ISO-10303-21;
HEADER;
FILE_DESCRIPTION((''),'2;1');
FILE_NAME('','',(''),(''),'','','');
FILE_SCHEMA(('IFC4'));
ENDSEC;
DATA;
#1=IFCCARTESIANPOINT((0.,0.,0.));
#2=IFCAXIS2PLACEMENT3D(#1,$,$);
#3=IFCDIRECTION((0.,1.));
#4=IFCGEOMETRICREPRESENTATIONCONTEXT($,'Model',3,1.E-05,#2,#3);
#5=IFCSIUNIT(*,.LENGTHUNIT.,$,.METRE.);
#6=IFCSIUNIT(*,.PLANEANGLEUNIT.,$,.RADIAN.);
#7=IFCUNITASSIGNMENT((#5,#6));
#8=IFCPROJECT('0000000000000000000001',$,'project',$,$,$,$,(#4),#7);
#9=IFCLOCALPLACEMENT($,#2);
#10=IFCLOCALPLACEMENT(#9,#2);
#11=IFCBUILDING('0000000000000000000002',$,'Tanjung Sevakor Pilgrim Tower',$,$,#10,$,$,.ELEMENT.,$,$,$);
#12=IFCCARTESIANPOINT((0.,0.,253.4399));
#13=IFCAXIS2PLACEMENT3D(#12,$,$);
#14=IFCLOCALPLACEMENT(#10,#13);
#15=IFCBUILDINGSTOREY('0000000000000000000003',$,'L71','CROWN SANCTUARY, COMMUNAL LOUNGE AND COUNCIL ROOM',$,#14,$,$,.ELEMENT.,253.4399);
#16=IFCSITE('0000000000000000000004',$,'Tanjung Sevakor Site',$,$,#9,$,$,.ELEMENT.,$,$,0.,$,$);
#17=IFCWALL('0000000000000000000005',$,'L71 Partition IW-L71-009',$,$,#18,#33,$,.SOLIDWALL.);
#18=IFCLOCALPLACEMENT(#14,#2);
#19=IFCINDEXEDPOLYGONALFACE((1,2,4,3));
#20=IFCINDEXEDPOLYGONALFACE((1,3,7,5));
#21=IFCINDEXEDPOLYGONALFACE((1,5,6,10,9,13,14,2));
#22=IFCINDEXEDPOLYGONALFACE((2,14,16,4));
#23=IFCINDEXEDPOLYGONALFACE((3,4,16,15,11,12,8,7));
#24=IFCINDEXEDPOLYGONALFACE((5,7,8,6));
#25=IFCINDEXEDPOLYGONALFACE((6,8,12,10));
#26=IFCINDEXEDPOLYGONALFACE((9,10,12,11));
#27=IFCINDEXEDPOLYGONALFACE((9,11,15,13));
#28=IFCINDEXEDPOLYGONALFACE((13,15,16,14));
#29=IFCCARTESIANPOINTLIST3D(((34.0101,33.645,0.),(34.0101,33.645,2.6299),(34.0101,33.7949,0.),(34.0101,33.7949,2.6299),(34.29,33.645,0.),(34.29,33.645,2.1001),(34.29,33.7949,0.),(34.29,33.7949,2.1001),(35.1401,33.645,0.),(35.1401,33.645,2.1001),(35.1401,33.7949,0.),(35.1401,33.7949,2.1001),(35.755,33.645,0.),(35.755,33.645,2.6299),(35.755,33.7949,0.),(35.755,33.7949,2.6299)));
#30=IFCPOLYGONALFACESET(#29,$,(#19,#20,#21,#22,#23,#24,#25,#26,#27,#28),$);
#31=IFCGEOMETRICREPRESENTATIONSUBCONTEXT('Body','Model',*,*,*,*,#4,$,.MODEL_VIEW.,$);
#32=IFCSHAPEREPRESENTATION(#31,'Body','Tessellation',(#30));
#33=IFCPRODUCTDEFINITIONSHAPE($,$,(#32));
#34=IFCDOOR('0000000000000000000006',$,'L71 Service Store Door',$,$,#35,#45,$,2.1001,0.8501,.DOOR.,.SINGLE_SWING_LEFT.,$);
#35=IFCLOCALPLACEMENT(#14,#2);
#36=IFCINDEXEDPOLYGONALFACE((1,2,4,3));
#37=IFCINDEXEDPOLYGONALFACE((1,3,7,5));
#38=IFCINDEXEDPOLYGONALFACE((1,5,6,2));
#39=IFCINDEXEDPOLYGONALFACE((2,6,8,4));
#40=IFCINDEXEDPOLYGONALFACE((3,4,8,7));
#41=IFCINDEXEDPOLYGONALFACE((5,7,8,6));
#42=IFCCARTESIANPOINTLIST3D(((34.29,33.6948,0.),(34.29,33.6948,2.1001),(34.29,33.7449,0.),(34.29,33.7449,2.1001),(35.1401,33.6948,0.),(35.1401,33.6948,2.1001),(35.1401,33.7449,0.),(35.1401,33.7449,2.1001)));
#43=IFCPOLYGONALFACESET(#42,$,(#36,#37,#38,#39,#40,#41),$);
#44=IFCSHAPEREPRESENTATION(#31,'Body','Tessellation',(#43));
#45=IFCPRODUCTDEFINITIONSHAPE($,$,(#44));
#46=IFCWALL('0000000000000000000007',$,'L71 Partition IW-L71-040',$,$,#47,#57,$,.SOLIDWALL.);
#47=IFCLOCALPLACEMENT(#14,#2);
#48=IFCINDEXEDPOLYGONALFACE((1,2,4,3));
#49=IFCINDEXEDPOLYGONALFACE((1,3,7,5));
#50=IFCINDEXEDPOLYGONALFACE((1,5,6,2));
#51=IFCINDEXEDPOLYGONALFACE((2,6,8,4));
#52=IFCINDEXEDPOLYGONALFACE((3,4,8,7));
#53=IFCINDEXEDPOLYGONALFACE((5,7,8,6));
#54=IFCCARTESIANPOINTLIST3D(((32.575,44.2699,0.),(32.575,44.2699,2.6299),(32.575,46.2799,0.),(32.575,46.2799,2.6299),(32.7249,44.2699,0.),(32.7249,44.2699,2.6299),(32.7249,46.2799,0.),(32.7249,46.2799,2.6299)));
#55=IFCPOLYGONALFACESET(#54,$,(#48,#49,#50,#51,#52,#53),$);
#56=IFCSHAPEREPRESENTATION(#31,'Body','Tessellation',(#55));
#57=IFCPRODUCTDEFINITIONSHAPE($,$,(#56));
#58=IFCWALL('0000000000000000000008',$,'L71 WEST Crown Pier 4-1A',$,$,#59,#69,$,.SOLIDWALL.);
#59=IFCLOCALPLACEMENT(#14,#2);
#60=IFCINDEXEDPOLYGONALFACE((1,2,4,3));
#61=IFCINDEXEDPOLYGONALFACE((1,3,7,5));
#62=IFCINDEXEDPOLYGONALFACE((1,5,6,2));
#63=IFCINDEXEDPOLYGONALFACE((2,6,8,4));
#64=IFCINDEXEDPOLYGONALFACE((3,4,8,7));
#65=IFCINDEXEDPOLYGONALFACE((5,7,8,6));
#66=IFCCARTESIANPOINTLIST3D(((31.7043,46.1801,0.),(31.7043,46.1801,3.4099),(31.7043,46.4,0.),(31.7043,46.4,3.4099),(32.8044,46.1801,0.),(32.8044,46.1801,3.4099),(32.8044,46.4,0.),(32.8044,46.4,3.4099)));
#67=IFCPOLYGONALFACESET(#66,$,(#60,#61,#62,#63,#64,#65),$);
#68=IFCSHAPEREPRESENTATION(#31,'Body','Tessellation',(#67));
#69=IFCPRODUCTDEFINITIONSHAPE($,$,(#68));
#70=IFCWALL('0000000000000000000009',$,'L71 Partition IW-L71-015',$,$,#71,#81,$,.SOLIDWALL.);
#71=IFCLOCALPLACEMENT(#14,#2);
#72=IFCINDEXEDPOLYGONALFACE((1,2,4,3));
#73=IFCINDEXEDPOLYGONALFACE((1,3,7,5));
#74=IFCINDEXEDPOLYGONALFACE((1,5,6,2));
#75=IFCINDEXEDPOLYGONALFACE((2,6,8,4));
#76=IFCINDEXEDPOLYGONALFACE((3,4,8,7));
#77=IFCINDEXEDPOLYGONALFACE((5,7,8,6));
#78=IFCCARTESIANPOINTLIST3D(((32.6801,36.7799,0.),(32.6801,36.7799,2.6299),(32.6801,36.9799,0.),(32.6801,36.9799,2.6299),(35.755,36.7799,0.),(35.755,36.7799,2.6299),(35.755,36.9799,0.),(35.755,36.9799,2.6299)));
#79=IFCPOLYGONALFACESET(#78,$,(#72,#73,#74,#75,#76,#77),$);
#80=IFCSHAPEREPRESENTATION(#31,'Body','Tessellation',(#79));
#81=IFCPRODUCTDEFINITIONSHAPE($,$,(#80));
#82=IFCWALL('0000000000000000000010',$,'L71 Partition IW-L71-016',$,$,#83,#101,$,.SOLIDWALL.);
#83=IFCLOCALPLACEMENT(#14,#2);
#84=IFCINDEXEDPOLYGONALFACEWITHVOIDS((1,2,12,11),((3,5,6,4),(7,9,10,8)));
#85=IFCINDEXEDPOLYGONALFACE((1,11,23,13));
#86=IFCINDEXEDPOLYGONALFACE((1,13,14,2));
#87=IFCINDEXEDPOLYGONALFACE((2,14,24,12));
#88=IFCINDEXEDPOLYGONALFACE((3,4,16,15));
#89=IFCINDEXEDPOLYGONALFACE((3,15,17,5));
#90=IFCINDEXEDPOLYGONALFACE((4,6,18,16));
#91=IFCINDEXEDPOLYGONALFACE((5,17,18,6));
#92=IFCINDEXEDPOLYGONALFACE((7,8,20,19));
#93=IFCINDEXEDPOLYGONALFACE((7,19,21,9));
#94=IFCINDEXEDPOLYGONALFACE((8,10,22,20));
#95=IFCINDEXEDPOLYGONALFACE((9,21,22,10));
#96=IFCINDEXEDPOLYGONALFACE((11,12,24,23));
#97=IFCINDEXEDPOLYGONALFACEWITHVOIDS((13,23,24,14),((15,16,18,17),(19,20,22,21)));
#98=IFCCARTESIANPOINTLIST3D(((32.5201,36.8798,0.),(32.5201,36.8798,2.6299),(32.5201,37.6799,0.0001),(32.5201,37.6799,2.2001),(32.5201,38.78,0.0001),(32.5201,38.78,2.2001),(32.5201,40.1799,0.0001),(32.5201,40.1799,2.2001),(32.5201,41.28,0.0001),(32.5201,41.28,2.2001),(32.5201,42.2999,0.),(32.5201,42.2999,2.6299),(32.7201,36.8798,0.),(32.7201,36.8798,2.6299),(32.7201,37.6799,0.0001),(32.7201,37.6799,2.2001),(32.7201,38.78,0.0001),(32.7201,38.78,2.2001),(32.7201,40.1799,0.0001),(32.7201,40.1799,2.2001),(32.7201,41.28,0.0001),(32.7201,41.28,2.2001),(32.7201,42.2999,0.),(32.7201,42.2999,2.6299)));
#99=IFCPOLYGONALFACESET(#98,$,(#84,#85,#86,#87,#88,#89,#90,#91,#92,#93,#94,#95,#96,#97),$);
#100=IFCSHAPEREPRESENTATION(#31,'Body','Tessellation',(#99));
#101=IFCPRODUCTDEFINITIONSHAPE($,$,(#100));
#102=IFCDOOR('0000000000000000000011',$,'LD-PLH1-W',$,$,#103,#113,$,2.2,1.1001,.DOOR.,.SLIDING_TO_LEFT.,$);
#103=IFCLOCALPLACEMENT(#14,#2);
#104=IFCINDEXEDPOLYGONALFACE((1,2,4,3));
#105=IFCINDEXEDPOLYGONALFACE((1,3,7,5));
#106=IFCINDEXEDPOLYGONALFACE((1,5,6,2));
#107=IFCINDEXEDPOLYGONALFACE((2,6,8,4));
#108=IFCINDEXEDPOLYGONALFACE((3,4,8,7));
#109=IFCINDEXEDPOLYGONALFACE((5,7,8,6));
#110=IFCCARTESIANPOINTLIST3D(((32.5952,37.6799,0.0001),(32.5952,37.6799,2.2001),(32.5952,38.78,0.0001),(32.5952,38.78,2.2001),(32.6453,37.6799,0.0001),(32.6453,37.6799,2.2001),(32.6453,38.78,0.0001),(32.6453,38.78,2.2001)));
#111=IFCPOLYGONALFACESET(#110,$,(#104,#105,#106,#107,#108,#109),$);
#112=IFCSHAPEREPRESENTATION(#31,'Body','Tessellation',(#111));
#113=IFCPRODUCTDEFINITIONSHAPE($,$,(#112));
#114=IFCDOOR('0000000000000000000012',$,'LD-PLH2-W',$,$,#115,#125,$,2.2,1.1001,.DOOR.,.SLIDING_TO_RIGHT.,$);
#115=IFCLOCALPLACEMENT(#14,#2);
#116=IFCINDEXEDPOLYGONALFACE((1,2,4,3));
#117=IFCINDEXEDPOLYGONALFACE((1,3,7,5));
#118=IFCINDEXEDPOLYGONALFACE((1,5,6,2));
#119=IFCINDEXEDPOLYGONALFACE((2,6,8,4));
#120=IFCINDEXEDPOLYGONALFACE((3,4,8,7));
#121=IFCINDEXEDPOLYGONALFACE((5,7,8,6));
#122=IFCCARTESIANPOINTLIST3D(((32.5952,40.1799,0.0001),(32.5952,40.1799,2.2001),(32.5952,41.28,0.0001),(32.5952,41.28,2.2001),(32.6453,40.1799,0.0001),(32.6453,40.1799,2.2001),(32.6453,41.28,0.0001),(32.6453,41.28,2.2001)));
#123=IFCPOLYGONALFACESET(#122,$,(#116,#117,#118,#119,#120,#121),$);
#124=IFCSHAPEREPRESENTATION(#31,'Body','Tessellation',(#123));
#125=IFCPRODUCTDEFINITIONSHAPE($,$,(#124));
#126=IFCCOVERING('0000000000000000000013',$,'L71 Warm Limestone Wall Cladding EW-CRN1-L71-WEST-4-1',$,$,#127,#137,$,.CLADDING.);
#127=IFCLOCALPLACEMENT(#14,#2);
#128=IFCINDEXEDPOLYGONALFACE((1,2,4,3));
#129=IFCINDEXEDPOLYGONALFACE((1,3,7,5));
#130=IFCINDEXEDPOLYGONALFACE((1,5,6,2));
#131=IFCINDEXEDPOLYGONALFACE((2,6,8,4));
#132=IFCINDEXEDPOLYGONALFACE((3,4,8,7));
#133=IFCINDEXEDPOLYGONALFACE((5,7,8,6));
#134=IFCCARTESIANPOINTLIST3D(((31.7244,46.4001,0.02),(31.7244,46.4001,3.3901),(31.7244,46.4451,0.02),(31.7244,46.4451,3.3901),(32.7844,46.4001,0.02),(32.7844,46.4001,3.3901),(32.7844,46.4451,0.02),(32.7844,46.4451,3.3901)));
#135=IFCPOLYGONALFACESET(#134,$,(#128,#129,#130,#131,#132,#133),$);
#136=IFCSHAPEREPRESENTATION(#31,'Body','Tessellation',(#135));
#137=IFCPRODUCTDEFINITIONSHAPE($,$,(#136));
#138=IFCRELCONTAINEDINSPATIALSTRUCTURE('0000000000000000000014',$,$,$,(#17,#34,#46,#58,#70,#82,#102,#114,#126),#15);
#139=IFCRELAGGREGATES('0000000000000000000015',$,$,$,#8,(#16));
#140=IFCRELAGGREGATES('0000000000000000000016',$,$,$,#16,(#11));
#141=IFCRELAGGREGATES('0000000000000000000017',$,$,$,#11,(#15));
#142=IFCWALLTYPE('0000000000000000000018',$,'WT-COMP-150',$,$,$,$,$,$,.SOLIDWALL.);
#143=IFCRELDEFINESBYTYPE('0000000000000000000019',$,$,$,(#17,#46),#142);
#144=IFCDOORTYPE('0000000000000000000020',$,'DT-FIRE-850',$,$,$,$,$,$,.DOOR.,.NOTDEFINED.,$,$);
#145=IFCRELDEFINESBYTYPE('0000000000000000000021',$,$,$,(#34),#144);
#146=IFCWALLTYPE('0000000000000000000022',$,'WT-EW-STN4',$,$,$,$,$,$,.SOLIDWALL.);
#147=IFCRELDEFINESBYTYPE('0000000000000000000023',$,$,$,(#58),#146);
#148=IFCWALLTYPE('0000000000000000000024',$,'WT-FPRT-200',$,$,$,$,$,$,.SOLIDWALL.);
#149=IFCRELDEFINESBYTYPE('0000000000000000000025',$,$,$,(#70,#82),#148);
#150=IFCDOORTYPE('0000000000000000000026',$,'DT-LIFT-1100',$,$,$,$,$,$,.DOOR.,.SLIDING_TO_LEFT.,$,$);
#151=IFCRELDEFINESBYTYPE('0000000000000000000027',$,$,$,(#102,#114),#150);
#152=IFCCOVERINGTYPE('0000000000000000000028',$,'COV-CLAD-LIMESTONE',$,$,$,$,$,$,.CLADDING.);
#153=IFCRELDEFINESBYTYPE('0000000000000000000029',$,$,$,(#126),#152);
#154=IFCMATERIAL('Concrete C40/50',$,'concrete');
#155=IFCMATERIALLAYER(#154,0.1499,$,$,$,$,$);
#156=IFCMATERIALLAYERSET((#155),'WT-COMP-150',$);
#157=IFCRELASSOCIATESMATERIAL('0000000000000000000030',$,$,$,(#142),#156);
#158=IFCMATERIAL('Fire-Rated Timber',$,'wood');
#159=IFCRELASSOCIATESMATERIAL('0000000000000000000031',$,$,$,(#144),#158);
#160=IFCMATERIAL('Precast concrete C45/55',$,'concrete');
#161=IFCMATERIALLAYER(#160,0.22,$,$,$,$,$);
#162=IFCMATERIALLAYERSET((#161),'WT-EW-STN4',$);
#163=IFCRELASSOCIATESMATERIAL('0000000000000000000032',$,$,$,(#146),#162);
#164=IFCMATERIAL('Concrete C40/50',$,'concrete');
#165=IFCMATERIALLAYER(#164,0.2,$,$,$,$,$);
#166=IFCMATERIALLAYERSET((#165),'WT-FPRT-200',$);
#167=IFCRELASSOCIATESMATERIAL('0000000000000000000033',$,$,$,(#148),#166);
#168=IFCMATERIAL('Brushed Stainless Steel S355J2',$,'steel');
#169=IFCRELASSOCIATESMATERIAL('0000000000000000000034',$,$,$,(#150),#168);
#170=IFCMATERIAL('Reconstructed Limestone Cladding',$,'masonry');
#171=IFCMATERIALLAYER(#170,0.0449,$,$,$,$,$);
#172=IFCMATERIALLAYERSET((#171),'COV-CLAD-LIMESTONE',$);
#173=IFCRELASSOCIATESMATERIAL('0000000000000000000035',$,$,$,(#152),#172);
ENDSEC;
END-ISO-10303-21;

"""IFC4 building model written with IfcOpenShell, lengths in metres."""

from ifc_helpers import new_model, si_unit, direction, frame, frame_2d, origin, origin_2d, place, context, subcontext, project, spatial, rectangle, extrude, material, layer, layer_set, type_object, element, fill, save


model = new_model("IFC4")

# Units and contexts
model_context = context("Model", 3, precision=1e-05, world=origin(), true_north=direction((0.0, 1.0)))
body_context = subcontext(model_context, "Body", "Model", "MODEL_VIEW")
ifc_project = project(units=[si_unit("LENGTHUNIT", "METRE"), si_unit("PLANEANGLEUNIT", "RADIAN")], contexts=[model_context])

# Site, building, storey
site_placement = place(None, origin())
site = spatial("IfcSite", under=ifc_project, at=site_placement, Name="Tanjung Sevakor Site", CompositionType="ELEMENT", RefElevation=0.0)
building_placement = place(site_placement, origin())
building = spatial("IfcBuilding", under=site, at=building_placement, Name="Tanjung Sevakor Pilgrim Tower", CompositionType="ELEMENT")
storey_placement = place(building_placement, frame((0.0, 0.0, 253.4399)))
storey = spatial("IfcBuildingStorey", under=building, at=storey_placement, Name="L71", Description="CROWN SANCTUARY, COMMUNAL LOUNGE AND COUNCIL ROOM", CompositionType="ELEMENT", Elevation=253.4399)

# Shared definitions
ifc_material_1 = material(Name="Concrete C40/50", Category="concrete")
ifc_layer_1 = layer(ifc_material_1, 0.1499)
ifc_layer_set_1 = layer_set([ifc_layer_1], Name="WT-COMP-150")
wall_type_1 = type_object("IfcWallType", Name="WT-COMP-150", PredefinedType="SOLIDWALL", material=ifc_layer_set_1)

# Wall, opening, door
wall_1_placement = place(storey_placement, frame((34.01, 33.72, 0.0), z_axis=(0.0, 0.0, 1.0), x_axis=(1.0, 0.0, 0.0)))
wall_1 = element("IfcWall", 1, at=wall_1_placement, inside=storey, type_object=wall_type_1, Name="L71 Partition IW-L71-009", PredefinedType="SOLIDWALL", context=body_context, shape_type="SweptSolid", body=[
    extrude(rectangle(XDim=1.7449, YDim=0.1499, at=frame_2d((0.8726, 0.0))), origin(), (0.0, 0.0, 1.0), 2.6299),
])
opening_1_placement = place(wall_1_placement, frame((0.28, 0.0, 0.0)))
opening_1 = element("IfcOpeningElement", 2, at=opening_1_placement, cuts=wall_1, PredefinedType="OPENING", context=body_context, shape_type="SweptSolid", body=[
    extrude(rectangle(XDim=0.8501, YDim=2.1001, at=frame_2d((0.425, 1.05))), frame((0.0, 0.085, 0.0), z_axis=(0.0, -1.0, 0.0), x_axis=(1.0, 0.0, 0.0)), (0.0, 0.0, 1.0), 0.1699),
])
ifc_material_2 = material(Name="Fire-Rated Timber", Category="wood")
door_type_1 = type_object("IfcDoorType", Name="DT-FIRE-850", OperationType="NOTDEFINED", PredefinedType="DOOR", material=ifc_material_2)
door_1_placement = place(opening_1_placement, origin())
door_1 = element("IfcDoor", 3, at=door_1_placement, inside=storey, type_object=door_type_1, Name="L71 Service Store Door", OperationType="SINGLE_SWING_LEFT", OverallHeight=2.1001, OverallWidth=0.8501, PredefinedType="DOOR", context=body_context, shape_type="SweptSolid", body=[
    extrude(rectangle(XDim=0.8501, YDim=2.1001, at=frame_2d((0.425, 1.05))), frame((0.0, 0.0249, 0.0), z_axis=(0.0, -1.0, 0.0), x_axis=(1.0, 0.0, 0.0)), (0.0, 0.0, 1.0), 0.05),
])
fill(opening_1, door_1)

# Walls
wall_2_placement = place(storey_placement, frame((32.6499, 44.27, 0.0), z_axis=(0.0, 0.0, 1.0), x_axis=(0.0, 1.0, 0.0)))
element("IfcWall", 4, at=wall_2_placement, inside=storey, type_object=wall_type_1, Name="L71 Partition IW-L71-040", PredefinedType="SOLIDWALL", context=body_context, shape_type="SweptSolid", body=[
    extrude(rectangle(XDim=2.01, YDim=0.1499, at=frame_2d((1.0049, 0.0))), origin(), (0.0, 0.0, 1.0), 2.6299),
])
ifc_material_3 = material(Name="Precast concrete C45/55", Category="concrete")
ifc_layer_2 = layer(ifc_material_3, 0.22)
ifc_layer_set_2 = layer_set([ifc_layer_2], Name="WT-EW-STN4")
wall_type_2 = type_object("IfcWallType", Name="WT-EW-STN4", PredefinedType="SOLIDWALL", material=ifc_layer_set_2)
wall_3_placement = place(storey_placement, frame((32.8044, 46.29, 0.0), z_axis=(0.0, 0.0, 1.0), x_axis=(-1.0, 0.0, 0.0)))
element("IfcWall", 5, at=wall_3_placement, inside=storey, type_object=wall_type_2, Name="L71 WEST Crown Pier 4-1A", PredefinedType="SOLIDWALL", context=body_context, shape_type="SweptSolid", body=[
    extrude(rectangle(XDim=1.1001, YDim=0.22, at=frame_2d((0.55, 0.0))), origin(), (0.0, 0.0, 1.0), 3.4099),
])
ifc_material_4 = material(Name="Concrete C40/50", Category="concrete")
ifc_layer_3 = layer(ifc_material_4, 0.2)
ifc_layer_set_3 = layer_set([ifc_layer_3], Name="WT-FPRT-200")
wall_type_3 = type_object("IfcWallType", Name="WT-FPRT-200", PredefinedType="SOLIDWALL", material=ifc_layer_set_3)
wall_4_placement = place(storey_placement, frame((32.6799, 36.8799, 0.0), z_axis=(0.0, 0.0, 1.0), x_axis=(1.0, 0.0, 0.0)))
element("IfcWall", 6, at=wall_4_placement, inside=storey, type_object=wall_type_3, Name="L71 Partition IW-L71-015", PredefinedType="SOLIDWALL", context=body_context, shape_type="SweptSolid", body=[
    extrude(rectangle(XDim=3.075, YDim=0.2, at=frame_2d((1.5376, 0.0))), origin(), (0.0, 0.0, 1.0), 2.6299),
])

# Wall, openings, doors
wall_5_placement = place(storey_placement, frame((32.6201, 36.8799, 0.0), z_axis=(0.0, 0.0, 1.0), x_axis=(0.0, 1.0, 0.0)))
wall_5 = element("IfcWall", 7, at=wall_5_placement, inside=storey, type_object=wall_type_3, Name="L71 Partition IW-L71-016", PredefinedType="SOLIDWALL", context=body_context, shape_type="SweptSolid", body=[
    extrude(rectangle(XDim=5.4202, YDim=0.2, at=frame_2d((2.71, 0.0))), origin(), (0.0, 0.0, 1.0), 2.6299),
])
opening_2_placement = place(wall_5_placement, frame((0.8, 0.0, 0.0)))
opening_2 = element("IfcOpeningElement", 8, at=opening_2_placement, cuts=wall_5, PredefinedType="OPENING", context=body_context, shape_type="SweptSolid", body=[
    extrude(rectangle(XDim=1.1001, YDim=2.2, at=frame_2d((0.55, 1.1001))), frame((0.0, 0.1099, 0.0), z_axis=(0.0, -1.0, 0.0), x_axis=(1.0, 0.0, 0.0)), (0.0, 0.0, 1.0), 0.22),
])
opening_3_placement = place(wall_5_placement, frame((3.3, 0.0, 0.0)))
opening_3 = element("IfcOpeningElement", 9, at=opening_3_placement, cuts=wall_5, PredefinedType="OPENING", context=body_context, shape_type="SweptSolid", body=[
    extrude(rectangle(XDim=1.1001, YDim=2.2, at=frame_2d((0.55, 1.1001))), frame((0.0, 0.1099, 0.0), z_axis=(0.0, -1.0, 0.0), x_axis=(1.0, 0.0, 0.0)), (0.0, 0.0, 1.0), 0.22),
])
ifc_material_5 = material(Name="Brushed Stainless Steel S355J2", Category="steel")
door_type_2 = type_object("IfcDoorType", Name="DT-LIFT-1100", OperationType="SLIDING_TO_LEFT", PredefinedType="DOOR", material=ifc_material_5)
door_2_placement = place(opening_2_placement, origin())
door_2 = element("IfcDoor", 10, at=door_2_placement, inside=storey, type_object=door_type_2, Name="LD-PLH1-W", OperationType="SLIDING_TO_LEFT", OverallHeight=2.2, OverallWidth=1.1001, PredefinedType="DOOR", context=body_context, shape_type="SweptSolid", body=[
    extrude(rectangle(XDim=1.1001, YDim=2.2, at=frame_2d((0.55, 1.1001))), frame((0.0, 0.0249, 0.0), z_axis=(0.0, -1.0, 0.0), x_axis=(1.0, 0.0, 0.0)), (0.0, 0.0, 1.0), 0.05),
])
fill(opening_2, door_2)
door_3_placement = place(opening_3_placement, origin())
door_3 = element("IfcDoor", 11, at=door_3_placement, inside=storey, type_object=door_type_2, Name="LD-PLH2-W", OperationType="SLIDING_TO_RIGHT", OverallHeight=2.2, OverallWidth=1.1001, PredefinedType="DOOR", context=body_context, shape_type="SweptSolid", body=[
    extrude(rectangle(XDim=1.1001, YDim=2.2, at=frame_2d((0.55, 1.1001))), frame((0.0, 0.0249, 0.0), z_axis=(0.0, -1.0, 0.0), x_axis=(1.0, 0.0, 0.0)), (0.0, 0.0, 1.0), 0.05),
])
fill(opening_3, door_3)

# Covering
ifc_material_6 = material(Name="Reconstructed Limestone Cladding", Category="masonry")
ifc_layer_4 = layer(ifc_material_6, 0.0449)
ifc_layer_set_4 = layer_set([ifc_layer_4], Name="COV-CLAD-LIMESTONE")
covering_type = type_object("IfcCoveringType", Name="COV-CLAD-LIMESTONE", PredefinedType="CLADDING", material=ifc_layer_set_4)
covering_placement = place(storey_placement, frame((32.2544, 46.4226, 0.02), z_axis=(0.0, 0.0, 1.0), x_axis=(-1.0, 0.0, 0.0)))
element("IfcCovering", 12, at=covering_placement, inside=storey, type_object=covering_type, Name="L71 Warm Limestone Wall Cladding EW-CRN1-L71-WEST-4-1", PredefinedType="CLADDING", context=body_context, shape_type="SweptSolid", body=[
    extrude(rectangle(XDim=1.0601, YDim=0.0449, at=origin_2d()), origin(), (0.0, 0.0, 1.0), 3.3701),
])

save(model, "model.ifc")
